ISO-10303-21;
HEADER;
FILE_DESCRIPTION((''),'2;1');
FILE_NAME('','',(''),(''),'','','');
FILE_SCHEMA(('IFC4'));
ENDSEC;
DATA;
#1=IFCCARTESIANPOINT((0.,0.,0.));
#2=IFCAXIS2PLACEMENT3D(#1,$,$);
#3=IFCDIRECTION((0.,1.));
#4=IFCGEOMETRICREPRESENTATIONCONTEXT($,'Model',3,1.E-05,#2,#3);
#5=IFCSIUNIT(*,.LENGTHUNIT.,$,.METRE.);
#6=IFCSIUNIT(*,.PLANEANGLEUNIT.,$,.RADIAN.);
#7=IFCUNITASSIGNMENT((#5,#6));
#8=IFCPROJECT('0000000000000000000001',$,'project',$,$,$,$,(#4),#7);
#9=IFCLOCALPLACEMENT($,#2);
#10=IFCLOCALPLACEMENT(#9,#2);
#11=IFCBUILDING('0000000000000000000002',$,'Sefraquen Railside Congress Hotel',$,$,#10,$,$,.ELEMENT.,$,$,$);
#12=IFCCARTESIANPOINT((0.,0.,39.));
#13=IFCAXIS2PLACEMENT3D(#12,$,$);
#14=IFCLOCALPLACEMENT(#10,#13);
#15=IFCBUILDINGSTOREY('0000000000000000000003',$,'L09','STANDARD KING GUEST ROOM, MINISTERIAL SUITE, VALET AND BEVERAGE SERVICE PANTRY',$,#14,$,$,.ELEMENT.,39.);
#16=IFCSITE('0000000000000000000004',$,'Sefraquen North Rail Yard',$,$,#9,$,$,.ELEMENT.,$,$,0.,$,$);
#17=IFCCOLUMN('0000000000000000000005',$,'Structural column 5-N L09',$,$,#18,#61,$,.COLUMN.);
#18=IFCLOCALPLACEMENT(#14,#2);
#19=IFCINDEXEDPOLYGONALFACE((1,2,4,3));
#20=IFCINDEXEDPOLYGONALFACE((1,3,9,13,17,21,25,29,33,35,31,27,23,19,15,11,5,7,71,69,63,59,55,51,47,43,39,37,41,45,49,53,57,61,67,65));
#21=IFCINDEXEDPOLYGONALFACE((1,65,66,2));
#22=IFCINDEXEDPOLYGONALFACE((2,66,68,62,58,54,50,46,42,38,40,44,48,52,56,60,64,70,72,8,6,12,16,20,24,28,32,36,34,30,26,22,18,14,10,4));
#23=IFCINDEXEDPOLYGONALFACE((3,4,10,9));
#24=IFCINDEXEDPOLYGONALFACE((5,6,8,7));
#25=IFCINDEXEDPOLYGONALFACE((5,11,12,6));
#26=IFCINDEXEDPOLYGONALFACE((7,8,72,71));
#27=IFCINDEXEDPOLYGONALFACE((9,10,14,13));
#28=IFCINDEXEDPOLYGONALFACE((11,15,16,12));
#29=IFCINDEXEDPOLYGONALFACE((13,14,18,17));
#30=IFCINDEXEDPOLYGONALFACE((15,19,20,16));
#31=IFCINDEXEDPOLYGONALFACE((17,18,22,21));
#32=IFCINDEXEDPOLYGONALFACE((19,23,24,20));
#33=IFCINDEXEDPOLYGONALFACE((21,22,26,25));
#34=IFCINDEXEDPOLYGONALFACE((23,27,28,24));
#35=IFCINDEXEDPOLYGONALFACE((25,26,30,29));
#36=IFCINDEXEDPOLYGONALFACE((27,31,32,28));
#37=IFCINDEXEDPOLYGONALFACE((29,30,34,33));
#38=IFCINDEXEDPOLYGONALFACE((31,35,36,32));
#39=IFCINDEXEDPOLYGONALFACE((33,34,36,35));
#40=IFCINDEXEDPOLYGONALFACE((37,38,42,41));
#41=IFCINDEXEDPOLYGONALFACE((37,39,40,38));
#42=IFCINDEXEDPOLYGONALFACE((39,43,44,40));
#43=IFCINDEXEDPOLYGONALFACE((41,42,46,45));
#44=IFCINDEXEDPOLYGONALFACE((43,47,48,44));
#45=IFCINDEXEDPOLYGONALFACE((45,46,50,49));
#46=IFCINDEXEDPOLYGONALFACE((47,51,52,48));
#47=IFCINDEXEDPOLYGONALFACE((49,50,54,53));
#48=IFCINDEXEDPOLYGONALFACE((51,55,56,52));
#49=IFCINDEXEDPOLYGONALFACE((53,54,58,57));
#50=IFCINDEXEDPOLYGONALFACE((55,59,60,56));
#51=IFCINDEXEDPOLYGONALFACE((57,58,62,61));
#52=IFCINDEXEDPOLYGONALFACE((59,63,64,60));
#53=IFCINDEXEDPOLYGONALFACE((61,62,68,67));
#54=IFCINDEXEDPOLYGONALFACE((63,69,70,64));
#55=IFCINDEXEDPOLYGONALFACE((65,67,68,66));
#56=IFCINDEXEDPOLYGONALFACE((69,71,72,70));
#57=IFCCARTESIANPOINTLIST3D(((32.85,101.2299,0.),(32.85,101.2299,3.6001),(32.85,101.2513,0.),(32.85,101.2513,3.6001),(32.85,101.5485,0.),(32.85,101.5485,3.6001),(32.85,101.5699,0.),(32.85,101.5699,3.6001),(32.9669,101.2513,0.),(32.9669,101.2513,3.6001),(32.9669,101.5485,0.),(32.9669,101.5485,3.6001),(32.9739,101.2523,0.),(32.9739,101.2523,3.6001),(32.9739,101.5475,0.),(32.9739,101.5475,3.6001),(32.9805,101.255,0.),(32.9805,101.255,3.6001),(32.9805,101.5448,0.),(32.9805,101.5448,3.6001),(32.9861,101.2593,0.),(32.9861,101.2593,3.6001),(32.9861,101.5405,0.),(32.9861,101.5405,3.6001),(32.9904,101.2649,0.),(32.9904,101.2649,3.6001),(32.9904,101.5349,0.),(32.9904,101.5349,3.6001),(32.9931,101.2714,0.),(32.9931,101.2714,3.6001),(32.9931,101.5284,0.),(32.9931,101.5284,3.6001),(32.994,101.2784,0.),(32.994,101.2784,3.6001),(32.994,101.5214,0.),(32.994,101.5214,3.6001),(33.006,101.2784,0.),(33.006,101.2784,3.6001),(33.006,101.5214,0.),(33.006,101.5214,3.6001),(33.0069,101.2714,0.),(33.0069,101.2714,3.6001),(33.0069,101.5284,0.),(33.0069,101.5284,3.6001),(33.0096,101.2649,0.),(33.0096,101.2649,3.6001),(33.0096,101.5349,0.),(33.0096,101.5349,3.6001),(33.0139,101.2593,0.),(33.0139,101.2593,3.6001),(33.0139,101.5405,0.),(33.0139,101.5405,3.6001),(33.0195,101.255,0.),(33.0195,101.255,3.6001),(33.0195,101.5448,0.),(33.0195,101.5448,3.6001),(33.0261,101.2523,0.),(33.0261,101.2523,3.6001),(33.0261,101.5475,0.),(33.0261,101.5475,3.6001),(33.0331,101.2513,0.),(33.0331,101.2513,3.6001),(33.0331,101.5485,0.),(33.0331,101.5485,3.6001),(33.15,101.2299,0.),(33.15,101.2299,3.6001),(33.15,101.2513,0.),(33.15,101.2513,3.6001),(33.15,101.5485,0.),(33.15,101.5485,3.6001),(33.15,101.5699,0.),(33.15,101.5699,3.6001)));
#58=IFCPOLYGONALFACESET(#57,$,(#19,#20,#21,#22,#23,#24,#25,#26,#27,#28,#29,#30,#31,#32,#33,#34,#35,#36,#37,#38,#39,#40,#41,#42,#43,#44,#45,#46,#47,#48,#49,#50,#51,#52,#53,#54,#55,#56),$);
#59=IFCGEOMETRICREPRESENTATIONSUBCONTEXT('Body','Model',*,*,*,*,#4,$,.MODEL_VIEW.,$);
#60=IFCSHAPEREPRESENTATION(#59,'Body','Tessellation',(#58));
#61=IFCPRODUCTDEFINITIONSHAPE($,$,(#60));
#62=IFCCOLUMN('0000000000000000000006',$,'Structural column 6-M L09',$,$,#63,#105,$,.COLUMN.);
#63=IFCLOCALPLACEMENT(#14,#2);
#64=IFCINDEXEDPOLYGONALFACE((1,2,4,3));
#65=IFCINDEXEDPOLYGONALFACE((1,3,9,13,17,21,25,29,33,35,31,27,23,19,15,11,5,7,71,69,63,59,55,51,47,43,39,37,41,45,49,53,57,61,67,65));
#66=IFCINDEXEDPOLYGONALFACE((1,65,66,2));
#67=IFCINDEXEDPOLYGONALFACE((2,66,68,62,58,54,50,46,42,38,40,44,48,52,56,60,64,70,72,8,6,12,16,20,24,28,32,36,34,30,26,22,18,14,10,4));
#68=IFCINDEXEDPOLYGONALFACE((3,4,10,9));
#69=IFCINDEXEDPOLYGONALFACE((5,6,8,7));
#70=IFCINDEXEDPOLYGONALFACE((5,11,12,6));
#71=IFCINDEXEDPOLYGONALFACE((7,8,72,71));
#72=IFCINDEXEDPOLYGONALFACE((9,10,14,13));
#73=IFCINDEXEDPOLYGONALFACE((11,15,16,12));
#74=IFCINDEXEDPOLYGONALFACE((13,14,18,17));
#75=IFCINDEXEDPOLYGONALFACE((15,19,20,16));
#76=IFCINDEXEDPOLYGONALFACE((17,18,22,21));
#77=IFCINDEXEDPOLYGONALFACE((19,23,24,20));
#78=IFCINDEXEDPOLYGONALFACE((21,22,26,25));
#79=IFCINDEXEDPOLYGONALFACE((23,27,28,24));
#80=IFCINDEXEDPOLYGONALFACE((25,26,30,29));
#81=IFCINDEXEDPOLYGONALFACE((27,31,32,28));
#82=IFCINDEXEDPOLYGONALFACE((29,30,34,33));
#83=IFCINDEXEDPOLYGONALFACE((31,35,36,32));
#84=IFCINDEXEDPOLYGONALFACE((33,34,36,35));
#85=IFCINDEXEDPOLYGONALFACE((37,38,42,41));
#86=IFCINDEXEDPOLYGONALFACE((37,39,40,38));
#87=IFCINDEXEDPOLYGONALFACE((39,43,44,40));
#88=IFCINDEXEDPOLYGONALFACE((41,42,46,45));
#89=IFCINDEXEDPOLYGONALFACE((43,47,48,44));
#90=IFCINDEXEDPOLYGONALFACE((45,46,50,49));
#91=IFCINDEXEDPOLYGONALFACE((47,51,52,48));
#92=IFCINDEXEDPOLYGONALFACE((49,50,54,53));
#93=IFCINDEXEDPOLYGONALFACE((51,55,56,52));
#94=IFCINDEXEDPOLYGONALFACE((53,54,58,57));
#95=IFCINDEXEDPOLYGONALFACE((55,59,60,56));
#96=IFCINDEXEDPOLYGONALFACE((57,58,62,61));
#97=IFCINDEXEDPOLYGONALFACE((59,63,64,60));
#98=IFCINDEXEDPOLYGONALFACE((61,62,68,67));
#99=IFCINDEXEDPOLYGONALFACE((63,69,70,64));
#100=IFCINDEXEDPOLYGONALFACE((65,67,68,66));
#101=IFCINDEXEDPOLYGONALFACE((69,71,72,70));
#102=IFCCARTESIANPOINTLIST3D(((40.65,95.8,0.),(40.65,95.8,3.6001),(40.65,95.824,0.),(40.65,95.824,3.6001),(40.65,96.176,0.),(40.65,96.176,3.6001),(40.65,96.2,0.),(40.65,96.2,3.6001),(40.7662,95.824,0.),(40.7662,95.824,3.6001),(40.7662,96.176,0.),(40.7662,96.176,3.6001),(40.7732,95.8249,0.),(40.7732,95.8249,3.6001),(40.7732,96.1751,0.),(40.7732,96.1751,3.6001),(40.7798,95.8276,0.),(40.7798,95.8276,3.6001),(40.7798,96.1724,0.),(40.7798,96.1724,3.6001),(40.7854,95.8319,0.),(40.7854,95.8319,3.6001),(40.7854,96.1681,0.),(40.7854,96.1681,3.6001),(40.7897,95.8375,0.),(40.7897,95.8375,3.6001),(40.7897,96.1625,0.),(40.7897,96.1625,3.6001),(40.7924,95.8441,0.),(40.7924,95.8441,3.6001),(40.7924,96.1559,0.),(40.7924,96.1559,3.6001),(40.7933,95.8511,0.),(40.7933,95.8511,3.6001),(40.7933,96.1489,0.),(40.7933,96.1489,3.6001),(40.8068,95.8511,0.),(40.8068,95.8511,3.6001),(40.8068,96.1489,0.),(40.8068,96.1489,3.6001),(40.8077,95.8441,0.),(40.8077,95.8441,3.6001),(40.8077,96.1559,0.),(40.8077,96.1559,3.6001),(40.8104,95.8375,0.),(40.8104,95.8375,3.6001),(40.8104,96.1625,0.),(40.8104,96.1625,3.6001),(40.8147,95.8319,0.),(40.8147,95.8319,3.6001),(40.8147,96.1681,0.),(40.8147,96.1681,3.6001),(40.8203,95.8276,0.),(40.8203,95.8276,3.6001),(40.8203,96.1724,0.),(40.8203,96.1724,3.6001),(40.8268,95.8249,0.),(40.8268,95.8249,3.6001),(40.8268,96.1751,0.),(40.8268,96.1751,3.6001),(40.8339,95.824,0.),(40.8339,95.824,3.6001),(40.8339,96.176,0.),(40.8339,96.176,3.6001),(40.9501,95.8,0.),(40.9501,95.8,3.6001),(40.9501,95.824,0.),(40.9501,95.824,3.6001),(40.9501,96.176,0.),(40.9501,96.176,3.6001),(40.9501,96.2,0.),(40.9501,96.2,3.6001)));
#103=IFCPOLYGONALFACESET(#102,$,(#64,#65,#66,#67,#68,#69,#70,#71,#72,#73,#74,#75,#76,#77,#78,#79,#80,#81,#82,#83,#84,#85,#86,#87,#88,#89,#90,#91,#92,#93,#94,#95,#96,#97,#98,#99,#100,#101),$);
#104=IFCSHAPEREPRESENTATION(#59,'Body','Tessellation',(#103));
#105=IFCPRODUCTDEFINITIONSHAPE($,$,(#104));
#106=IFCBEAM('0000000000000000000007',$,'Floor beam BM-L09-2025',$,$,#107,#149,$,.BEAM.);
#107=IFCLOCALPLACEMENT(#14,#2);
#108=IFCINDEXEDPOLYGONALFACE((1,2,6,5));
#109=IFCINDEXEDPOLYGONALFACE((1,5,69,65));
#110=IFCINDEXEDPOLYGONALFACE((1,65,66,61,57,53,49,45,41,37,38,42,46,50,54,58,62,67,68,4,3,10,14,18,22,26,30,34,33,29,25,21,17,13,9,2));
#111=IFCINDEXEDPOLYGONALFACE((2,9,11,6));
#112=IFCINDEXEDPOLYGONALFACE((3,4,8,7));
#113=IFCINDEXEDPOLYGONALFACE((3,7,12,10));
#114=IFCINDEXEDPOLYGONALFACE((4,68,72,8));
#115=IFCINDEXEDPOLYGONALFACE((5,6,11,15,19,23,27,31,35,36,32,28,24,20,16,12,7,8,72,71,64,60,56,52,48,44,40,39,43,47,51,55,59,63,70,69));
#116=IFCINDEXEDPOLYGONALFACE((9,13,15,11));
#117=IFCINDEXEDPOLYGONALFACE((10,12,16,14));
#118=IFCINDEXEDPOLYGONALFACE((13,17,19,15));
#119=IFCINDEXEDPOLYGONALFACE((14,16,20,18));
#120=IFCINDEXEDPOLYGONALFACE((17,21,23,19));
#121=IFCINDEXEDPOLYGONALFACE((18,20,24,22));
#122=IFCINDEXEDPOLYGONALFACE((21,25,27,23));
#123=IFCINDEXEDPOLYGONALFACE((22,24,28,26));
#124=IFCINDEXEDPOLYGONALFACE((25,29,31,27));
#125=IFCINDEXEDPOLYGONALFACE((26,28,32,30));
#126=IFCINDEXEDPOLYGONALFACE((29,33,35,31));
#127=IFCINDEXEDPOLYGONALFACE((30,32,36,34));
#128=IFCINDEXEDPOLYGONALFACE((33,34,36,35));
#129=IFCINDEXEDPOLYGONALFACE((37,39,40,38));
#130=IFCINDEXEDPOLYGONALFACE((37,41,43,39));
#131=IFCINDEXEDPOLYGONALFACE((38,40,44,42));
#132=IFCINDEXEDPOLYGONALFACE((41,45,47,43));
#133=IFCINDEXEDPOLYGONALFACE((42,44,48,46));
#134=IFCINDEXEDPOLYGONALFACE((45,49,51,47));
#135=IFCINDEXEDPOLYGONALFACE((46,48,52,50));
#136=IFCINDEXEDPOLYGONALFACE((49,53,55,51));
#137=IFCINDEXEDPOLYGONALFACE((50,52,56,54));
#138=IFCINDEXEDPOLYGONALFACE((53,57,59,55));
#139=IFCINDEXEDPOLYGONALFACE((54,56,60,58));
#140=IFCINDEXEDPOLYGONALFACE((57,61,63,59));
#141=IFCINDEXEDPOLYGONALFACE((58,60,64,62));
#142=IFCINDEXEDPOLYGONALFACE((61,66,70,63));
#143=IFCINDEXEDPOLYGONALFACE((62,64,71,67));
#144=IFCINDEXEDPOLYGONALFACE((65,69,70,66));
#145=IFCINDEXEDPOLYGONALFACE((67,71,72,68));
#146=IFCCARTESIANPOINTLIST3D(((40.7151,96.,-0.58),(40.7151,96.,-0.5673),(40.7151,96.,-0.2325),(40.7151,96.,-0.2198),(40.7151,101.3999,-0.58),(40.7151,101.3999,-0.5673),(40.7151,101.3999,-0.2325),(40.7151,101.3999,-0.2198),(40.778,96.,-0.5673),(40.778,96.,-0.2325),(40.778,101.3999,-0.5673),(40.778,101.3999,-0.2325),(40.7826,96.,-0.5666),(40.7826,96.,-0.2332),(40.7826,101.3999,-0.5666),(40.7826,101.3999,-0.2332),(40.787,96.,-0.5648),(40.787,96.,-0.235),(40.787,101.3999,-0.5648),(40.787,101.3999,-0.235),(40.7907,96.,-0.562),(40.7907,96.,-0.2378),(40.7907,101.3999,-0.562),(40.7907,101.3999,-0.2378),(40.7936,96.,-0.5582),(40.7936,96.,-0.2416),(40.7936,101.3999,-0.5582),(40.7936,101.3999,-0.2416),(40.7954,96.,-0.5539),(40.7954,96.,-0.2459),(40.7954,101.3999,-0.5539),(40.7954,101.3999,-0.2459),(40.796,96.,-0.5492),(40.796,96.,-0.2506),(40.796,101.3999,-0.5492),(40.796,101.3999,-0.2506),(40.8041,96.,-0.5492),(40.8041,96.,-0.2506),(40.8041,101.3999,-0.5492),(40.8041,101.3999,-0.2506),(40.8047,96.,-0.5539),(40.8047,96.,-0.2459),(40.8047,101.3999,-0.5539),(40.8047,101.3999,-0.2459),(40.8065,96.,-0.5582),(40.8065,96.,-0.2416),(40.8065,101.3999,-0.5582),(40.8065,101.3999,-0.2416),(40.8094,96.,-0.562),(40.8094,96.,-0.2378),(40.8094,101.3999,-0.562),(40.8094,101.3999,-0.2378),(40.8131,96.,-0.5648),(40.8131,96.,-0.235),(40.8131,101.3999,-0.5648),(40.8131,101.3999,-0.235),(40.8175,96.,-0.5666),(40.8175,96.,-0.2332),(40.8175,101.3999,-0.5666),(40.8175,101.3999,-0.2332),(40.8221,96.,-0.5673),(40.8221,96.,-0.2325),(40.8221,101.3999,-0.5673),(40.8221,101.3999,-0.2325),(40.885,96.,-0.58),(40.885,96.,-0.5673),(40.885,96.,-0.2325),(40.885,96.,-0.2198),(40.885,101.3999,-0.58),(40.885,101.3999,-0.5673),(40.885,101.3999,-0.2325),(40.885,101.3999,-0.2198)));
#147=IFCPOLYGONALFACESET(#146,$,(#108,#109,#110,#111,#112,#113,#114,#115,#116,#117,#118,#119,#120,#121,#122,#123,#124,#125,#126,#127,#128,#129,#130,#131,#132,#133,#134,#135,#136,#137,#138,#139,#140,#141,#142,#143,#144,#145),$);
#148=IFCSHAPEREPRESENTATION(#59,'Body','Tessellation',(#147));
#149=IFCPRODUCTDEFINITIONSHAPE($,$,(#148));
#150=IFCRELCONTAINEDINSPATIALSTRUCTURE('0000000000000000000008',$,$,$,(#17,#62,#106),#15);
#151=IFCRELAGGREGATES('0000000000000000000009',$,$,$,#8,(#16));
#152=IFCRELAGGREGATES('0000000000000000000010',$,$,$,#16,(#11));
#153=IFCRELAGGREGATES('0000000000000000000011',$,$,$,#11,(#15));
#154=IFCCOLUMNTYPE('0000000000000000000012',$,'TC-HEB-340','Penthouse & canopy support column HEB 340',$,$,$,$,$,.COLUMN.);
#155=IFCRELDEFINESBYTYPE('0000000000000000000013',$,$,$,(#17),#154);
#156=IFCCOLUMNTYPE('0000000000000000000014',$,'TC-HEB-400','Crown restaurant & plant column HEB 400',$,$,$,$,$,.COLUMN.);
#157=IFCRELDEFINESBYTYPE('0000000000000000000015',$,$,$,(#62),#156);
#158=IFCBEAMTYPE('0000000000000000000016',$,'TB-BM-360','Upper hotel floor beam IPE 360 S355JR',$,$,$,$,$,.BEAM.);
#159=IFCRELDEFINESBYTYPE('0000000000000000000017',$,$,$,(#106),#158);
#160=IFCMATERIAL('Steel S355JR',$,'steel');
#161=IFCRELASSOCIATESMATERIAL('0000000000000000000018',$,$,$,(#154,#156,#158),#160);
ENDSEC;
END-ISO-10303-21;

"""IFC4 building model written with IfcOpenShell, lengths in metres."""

from ifc_helpers import new_model, si_unit, direction, frame, origin, origin_2d, place, context, subcontext, project, spatial, i_section, extrude, material, material_profile, profile_set, type_object, element, save


model = new_model("IFC4")

# Units and contexts
model_context = context("Model", 3, precision=1e-05, world=origin(), true_north=direction((0.0, 1.0)))
body_context = subcontext(model_context, "Body", "Model", "MODEL_VIEW")
ifc_project = project(units=[si_unit("LENGTHUNIT", "METRE"), si_unit("PLANEANGLEUNIT", "RADIAN")], contexts=[model_context])

# Site, building, storey
site_placement = place(None, origin())
site = spatial("IfcSite", under=ifc_project, at=site_placement, Name="Sefraquen North Rail Yard", CompositionType="ELEMENT", RefElevation=0.0)
building_placement = place(site_placement, origin())
building = spatial("IfcBuilding", under=site, at=building_placement, Name="Sefraquen Railside Congress Hotel", CompositionType="ELEMENT")
storey_placement = place(building_placement, frame((0.0, 0.0, 39.0)))
storey = spatial("IfcBuildingStorey", under=building, at=storey_placement, Name="L09", Description="STANDARD KING GUEST ROOM, MINISTERIAL SUITE, VALET AND BEVERAGE SERVICE PANTRY", CompositionType="ELEMENT", Elevation=39.0)

# Columns
ifc_material_1 = material(Name="Steel S355JR", Category="steel")
ifc_material_profile_1 = material_profile(ifc_material_1, i_section(OverallWidth=0.3, OverallDepth=0.3401, WebThickness=0.012, FlangeThickness=0.0215, FilletRadius=0.0271, at=origin_2d()), Name="HEB 340")
ifc_profile_set_1 = profile_set([ifc_material_profile_1], Name="Steel S355JR")
column_type_1 = type_object("IfcColumnType", Name="TC-HEB-340", Description="Penthouse & canopy support column HEB 340", PredefinedType="COLUMN", material=ifc_profile_set_1)
column_1_placement = place(storey_placement, frame((33.0, 101.3999, 0.0), z_axis=(0.0, 0.0, 1.0), x_axis=(1.0, 0.0, 0.0)))
element("IfcColumn", 1, at=column_1_placement, inside=storey, type_object=column_type_1, Name="Structural column 5-N L09", PredefinedType="COLUMN", context=body_context, shape_type="SweptSolid", body=[
    extrude(i_section(OverallWidth=0.3, OverallDepth=0.3401, WebThickness=0.012, FlangeThickness=0.0215, FilletRadius=0.0271, at=origin_2d()), origin(), (0.0, 0.0, 1.0), 3.6001),
])
ifc_material_profile_2 = material_profile(ifc_material_1, i_section(OverallWidth=0.3, OverallDepth=0.3999, WebThickness=0.0134, FlangeThickness=0.0239, FilletRadius=0.0271, at=origin_2d()), Name="HEB 400")
ifc_profile_set_2 = profile_set([ifc_material_profile_2], Name="Steel S355JR")
column_type_2 = type_object("IfcColumnType", Name="TC-HEB-400", Description="Crown restaurant & plant column HEB 400", PredefinedType="COLUMN", material=ifc_profile_set_2)
column_2_placement = place(storey_placement, frame((40.8, 96.0, 0.0), z_axis=(0.0, 0.0, 1.0), x_axis=(1.0, 0.0, 0.0)))
element("IfcColumn", 2, at=column_2_placement, inside=storey, type_object=column_type_2, Name="Structural column 6-M L09", PredefinedType="COLUMN", context=body_context, shape_type="SweptSolid", body=[
    extrude(i_section(OverallWidth=0.3, OverallDepth=0.3999, WebThickness=0.0134, FlangeThickness=0.0239, FilletRadius=0.0271, at=origin_2d()), origin(), (0.0, 0.0, 1.0), 3.6001),
])

# Beam
ifc_material_profile_3 = material_profile(ifc_material_1, i_section(OverallWidth=0.1699, OverallDepth=0.3601, WebThickness=0.0081, FlangeThickness=0.0127, FilletRadius=0.0181, at=origin_2d()), Name="IPE 360")
ifc_profile_set_3 = profile_set([ifc_material_profile_3], Name="Steel S355JR")
beam_type_1 = type_object("IfcBeamType", Name="TB-BM-360", Description="Upper hotel floor beam IPE 360 S355JR", PredefinedType="BEAM", material=ifc_profile_set_3)
beam_placement = place(storey_placement, frame((40.8, 96.0, -0.3999), z_axis=(0.0, 1.0, 0.0), x_axis=(-1.0, 0.0, 0.0)))
element("IfcBeam", 3, at=beam_placement, inside=storey, type_object=beam_type_1, Name="Floor beam BM-L09-2025", PredefinedType="BEAM", context=body_context, shape_type="SweptSolid", body=[
    extrude(i_section(OverallWidth=0.1699, OverallDepth=0.3601, WebThickness=0.0081, FlangeThickness=0.0127, FilletRadius=0.0181, at=origin_2d()), origin(), (0.0, 0.0, 1.0), 5.3999),
])

save(model, "model.ifc")
